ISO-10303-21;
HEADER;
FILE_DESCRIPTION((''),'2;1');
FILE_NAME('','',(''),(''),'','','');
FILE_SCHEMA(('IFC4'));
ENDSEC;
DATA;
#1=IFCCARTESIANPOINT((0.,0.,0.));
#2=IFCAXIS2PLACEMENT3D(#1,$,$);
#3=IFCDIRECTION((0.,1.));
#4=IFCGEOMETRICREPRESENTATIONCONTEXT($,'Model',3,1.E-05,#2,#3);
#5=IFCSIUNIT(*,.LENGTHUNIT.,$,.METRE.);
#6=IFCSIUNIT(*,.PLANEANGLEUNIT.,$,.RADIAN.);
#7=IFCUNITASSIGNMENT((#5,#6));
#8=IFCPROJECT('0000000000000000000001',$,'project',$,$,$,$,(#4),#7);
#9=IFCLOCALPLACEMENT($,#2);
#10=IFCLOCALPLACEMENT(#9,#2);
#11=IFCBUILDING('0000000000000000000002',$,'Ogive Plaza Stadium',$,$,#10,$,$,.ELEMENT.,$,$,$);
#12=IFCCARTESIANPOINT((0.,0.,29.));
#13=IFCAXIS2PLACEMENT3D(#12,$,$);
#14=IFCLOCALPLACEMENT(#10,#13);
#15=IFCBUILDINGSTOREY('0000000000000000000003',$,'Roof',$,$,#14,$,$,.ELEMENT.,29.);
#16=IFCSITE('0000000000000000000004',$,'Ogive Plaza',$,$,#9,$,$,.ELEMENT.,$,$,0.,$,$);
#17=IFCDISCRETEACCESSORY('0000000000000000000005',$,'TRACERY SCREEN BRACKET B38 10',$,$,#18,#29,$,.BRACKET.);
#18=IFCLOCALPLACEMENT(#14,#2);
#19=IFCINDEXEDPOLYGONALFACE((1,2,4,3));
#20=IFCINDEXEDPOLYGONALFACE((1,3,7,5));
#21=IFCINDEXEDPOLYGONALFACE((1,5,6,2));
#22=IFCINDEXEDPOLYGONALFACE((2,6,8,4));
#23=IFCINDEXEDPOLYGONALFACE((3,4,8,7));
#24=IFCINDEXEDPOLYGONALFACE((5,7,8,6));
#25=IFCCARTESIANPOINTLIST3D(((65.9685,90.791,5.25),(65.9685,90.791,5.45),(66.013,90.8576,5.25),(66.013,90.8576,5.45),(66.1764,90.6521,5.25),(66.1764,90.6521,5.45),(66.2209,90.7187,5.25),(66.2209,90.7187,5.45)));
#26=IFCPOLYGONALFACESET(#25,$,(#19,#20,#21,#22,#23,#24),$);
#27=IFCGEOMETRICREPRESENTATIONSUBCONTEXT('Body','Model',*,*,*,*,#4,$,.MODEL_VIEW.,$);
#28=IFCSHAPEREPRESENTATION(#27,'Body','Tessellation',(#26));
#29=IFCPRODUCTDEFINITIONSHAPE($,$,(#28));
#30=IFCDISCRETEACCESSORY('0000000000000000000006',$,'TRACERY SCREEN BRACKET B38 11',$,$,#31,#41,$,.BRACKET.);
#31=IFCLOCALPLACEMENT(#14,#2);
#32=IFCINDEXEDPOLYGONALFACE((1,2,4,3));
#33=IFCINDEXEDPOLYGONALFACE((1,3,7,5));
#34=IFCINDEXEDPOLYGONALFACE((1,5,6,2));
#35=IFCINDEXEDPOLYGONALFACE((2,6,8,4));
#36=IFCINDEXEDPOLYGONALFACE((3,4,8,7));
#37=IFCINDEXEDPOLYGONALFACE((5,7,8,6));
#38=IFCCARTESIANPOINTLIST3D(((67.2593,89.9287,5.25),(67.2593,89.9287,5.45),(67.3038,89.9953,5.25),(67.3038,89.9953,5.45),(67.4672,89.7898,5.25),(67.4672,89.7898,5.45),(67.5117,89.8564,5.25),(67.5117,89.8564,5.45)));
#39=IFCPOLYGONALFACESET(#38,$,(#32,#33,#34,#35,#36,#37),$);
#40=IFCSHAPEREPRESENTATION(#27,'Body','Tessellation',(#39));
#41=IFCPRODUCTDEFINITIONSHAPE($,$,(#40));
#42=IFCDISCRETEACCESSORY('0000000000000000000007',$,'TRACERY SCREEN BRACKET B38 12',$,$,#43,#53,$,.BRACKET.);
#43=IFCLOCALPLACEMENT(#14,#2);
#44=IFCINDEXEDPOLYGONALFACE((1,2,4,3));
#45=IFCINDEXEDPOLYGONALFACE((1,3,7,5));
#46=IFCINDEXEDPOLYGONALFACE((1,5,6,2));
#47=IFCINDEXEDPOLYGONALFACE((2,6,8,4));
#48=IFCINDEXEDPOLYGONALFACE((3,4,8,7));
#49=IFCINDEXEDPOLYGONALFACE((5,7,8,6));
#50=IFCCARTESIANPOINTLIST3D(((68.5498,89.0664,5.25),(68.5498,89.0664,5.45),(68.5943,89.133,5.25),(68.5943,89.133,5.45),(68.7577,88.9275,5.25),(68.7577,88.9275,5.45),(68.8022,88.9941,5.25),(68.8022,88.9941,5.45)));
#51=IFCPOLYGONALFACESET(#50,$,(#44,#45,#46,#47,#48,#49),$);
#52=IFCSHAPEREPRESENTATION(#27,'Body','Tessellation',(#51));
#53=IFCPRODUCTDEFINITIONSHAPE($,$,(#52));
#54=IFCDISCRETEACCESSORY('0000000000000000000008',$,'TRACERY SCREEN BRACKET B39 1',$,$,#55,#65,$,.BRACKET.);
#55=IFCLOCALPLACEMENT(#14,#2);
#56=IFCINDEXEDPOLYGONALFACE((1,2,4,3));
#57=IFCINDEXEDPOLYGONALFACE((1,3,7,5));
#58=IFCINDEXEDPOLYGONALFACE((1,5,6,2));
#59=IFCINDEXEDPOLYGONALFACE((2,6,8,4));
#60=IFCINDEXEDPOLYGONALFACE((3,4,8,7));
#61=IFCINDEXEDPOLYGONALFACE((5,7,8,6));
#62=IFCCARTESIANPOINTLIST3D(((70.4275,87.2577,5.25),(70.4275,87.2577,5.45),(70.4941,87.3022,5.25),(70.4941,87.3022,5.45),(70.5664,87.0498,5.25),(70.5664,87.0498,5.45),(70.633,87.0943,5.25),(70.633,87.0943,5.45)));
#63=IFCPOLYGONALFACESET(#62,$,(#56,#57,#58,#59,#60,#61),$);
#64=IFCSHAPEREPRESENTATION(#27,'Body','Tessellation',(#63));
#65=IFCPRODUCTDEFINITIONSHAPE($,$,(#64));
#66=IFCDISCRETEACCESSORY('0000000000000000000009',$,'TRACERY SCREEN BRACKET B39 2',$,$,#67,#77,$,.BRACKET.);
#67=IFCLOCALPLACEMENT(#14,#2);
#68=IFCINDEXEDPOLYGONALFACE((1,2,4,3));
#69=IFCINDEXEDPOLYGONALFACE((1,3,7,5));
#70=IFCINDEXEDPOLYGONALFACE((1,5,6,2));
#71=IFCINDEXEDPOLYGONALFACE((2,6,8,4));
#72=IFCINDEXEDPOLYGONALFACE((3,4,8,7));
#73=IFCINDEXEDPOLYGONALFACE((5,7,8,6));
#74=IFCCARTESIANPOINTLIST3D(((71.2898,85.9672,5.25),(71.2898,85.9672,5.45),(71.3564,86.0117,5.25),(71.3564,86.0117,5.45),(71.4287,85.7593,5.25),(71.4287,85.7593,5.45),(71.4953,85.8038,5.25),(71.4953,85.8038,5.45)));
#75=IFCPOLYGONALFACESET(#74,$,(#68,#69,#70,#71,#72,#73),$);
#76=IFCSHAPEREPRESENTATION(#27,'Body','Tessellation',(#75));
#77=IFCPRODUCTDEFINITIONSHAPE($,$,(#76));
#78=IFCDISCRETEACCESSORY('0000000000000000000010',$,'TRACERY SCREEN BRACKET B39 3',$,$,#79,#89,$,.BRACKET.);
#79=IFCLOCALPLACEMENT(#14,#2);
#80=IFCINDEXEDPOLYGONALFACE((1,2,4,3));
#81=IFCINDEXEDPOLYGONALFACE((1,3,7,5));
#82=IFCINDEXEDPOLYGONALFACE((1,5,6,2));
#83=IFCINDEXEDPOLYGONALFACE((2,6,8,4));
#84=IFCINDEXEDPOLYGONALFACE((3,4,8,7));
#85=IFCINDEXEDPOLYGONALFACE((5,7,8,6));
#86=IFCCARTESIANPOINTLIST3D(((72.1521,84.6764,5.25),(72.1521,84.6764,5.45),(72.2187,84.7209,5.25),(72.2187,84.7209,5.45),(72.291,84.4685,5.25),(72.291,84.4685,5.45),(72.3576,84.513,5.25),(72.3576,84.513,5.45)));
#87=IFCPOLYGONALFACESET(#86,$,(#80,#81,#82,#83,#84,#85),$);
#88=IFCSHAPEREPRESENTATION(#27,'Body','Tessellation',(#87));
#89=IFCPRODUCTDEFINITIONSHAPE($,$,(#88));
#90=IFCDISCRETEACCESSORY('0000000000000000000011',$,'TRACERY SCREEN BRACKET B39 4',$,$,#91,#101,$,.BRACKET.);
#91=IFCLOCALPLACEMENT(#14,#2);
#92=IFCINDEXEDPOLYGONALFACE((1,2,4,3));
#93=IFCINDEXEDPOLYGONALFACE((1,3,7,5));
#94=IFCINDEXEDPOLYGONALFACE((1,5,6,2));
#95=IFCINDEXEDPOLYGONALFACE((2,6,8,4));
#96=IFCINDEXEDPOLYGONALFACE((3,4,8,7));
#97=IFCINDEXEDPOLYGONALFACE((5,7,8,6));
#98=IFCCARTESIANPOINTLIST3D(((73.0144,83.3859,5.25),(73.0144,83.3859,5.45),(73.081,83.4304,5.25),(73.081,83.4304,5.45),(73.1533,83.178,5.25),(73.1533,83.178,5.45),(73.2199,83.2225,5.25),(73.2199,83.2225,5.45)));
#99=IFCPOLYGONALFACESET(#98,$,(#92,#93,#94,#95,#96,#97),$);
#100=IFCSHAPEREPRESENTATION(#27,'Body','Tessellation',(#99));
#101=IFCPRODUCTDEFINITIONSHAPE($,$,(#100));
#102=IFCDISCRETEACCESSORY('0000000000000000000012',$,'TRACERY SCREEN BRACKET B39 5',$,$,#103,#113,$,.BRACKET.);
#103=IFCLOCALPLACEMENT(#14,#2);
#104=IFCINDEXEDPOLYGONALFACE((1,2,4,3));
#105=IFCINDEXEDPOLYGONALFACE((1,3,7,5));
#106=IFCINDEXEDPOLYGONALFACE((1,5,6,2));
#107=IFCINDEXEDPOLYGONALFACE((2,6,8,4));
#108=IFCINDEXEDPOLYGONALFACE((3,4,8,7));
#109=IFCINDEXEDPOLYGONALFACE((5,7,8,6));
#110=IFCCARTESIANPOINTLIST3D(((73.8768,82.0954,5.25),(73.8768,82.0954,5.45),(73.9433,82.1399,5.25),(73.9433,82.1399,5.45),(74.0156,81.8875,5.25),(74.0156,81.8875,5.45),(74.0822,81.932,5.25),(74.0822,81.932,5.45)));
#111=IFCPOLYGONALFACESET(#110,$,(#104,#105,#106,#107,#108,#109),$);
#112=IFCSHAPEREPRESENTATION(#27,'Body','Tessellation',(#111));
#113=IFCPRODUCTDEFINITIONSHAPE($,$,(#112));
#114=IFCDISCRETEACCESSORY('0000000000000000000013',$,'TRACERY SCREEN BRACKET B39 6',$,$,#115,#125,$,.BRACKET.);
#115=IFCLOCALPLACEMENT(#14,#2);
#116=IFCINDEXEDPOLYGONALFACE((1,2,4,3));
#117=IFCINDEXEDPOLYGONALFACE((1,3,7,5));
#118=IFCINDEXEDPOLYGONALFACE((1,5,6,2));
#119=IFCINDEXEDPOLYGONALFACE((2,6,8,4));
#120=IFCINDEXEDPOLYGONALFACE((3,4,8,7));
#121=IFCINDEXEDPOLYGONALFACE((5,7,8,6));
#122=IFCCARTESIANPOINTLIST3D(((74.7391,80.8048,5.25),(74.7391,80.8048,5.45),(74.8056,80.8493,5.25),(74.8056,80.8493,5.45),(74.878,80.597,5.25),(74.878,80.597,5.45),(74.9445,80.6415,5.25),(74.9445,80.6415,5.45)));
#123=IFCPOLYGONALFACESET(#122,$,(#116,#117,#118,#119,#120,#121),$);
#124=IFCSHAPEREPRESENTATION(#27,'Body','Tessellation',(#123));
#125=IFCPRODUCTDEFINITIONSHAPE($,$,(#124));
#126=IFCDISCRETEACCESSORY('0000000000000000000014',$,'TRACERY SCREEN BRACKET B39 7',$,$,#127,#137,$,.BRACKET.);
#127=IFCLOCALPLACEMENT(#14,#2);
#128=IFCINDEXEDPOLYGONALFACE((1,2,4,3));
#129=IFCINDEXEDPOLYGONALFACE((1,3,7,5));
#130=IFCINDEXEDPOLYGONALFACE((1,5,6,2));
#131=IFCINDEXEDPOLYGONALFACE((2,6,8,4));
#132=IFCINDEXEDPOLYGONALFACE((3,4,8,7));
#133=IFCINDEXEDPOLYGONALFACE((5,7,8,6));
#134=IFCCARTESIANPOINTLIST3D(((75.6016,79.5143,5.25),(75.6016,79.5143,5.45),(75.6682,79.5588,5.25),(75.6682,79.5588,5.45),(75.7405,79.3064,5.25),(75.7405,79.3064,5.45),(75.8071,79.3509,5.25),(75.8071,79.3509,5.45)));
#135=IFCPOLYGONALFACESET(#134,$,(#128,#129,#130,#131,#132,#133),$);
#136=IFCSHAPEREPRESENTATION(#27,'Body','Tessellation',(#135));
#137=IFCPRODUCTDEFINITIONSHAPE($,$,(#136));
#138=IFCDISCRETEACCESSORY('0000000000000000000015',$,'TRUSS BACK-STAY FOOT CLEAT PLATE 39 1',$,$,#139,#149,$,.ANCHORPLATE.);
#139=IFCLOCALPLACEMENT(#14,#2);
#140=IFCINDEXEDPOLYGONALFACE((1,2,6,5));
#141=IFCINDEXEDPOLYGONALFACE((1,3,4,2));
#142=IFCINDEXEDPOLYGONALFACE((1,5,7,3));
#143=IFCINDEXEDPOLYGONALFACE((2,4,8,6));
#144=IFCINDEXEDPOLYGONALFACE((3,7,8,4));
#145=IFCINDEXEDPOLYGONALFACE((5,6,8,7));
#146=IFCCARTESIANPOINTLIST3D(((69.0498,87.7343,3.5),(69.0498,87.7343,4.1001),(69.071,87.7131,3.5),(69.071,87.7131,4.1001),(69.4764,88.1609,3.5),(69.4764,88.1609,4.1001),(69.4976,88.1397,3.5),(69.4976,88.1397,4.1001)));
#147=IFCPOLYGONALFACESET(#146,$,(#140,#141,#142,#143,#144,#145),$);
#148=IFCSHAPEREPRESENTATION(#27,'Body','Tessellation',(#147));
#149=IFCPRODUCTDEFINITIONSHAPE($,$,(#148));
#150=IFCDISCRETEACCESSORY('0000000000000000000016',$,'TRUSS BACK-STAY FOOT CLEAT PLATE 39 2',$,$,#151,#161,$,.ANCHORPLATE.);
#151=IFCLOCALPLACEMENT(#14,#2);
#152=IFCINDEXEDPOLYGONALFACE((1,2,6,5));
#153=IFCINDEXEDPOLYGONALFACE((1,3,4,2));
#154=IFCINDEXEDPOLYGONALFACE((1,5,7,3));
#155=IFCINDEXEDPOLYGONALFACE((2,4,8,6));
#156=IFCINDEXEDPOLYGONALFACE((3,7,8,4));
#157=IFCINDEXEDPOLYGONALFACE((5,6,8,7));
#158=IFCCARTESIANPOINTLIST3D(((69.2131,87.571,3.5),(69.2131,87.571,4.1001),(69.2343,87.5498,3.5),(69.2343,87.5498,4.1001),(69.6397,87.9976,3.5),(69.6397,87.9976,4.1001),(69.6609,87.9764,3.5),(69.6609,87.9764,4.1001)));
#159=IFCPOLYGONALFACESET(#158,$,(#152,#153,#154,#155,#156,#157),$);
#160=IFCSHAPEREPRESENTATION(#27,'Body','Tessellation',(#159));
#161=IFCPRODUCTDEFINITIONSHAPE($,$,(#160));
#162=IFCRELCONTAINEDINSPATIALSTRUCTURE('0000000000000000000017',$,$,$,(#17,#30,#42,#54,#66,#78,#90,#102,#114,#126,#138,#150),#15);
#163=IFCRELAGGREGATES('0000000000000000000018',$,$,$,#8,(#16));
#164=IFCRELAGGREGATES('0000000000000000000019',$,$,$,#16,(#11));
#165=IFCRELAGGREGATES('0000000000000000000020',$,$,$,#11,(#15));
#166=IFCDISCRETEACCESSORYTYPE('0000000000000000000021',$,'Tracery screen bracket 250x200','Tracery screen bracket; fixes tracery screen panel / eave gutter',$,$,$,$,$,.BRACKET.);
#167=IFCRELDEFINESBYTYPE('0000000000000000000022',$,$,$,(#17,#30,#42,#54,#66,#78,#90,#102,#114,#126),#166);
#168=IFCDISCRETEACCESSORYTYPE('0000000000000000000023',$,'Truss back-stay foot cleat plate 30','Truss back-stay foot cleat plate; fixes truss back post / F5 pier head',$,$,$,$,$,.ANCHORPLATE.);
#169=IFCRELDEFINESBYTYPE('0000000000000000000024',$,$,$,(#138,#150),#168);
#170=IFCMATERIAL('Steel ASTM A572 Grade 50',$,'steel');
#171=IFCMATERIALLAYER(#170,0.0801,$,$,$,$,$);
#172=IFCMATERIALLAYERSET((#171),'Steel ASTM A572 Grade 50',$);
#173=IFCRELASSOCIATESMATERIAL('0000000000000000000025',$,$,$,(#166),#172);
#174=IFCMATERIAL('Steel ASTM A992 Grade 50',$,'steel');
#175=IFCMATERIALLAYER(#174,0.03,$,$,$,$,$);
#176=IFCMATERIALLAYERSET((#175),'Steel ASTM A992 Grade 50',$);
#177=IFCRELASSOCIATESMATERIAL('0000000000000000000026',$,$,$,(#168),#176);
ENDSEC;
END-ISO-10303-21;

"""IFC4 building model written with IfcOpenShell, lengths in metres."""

from ifc_helpers import new_model, si_unit, direction, frame, origin, origin_2d, place, context, subcontext, project, spatial, rectangle, extrude, material, layer, layer_set, type_object, element, save


model = new_model("IFC4")

# Units and contexts
model_context = context("Model", 3, precision=1e-05, world=origin(), true_north=direction((0.0, 1.0)))
body_context = subcontext(model_context, "Body", "Model", "MODEL_VIEW")
ifc_project = project(units=[si_unit("LENGTHUNIT", "METRE"), si_unit("PLANEANGLEUNIT", "RADIAN")], contexts=[model_context])

# Site, building, storey
site_placement = place(None, origin())
site = spatial("IfcSite", under=ifc_project, at=site_placement, Name="Ogive Plaza", CompositionType="ELEMENT", RefElevation=0.0)
building_placement = place(site_placement, origin())
building = spatial("IfcBuilding", under=site, at=building_placement, Name="Ogive Plaza Stadium", CompositionType="ELEMENT")
storey_placement = place(building_placement, frame((0.0, 0.0, 29.0)))
storey = spatial("IfcBuildingStorey", under=building, at=storey_placement, Name="Roof", CompositionType="ELEMENT", Elevation=29.0)

# Discrete accessories
ifc_material_1 = material(Name="Steel ASTM A572 Grade 50", Category="steel")
ifc_layer_1 = layer(ifc_material_1, 0.0801)
ifc_layer_set_1 = layer_set([ifc_layer_1], Name="Steel ASTM A572 Grade 50")
discrete_accessory_type_1 = type_object("IfcDiscreteAccessoryType", Name="Tracery screen bracket 250x200", Description="Tracery screen bracket; fixes tracery screen panel / eave gutter", PredefinedType="BRACKET", material=ifc_layer_set_1)
for number, where, z_axis, x_axis, name in (
    (1, (66.0947, 90.7549, 5.25), (0.0, 0.0, 1.0), (0.83147, -0.55557, 0.0), "TRACERY SCREEN BRACKET B38 10"),
    (2, (67.3855, 89.8926, 5.25), (0.0, 0.0, 1.0), (0.83147, -0.55557, 0.0), "TRACERY SCREEN BRACKET B38 11"),
    (3, (68.676, 89.0303, 5.25), (0.0, 0.0, 1.0), (0.83147, -0.55557, 0.0), "TRACERY SCREEN BRACKET B38 12"),
    (4, (70.5303, 87.176, 5.25), (0.0, 0.0, 1.0), (0.55557, -0.83147, 0.0), "TRACERY SCREEN BRACKET B39 1"),
    (5, (71.3926, 85.8855, 5.25), (0.0, 0.0, 1.0), (0.55557, -0.83147, 0.0), "TRACERY SCREEN BRACKET B39 2"),
    (6, (72.2549, 84.5947, 5.25), (0.0, 0.0, 1.0), (0.55557, -0.83147, 0.0), "TRACERY SCREEN BRACKET B39 3"),
    (7, (73.1172, 83.3042, 5.25), (0.0, 0.0, 1.0), (0.55557, -0.83147, 0.0), "TRACERY SCREEN BRACKET B39 4"),
    (8, (73.9795, 82.0137, 5.25), (0.0, 0.0, 1.0), (0.55557, -0.83147, 0.0), "TRACERY SCREEN BRACKET B39 5"),
    (9, (74.8418, 80.7231, 5.25), (0.0, 0.0, 1.0), (0.55557, -0.83147, 0.0), "TRACERY SCREEN BRACKET B39 6"),
    (10, (75.7043, 79.4326, 5.25), (0.0, 0.0, 1.0), (0.55557, -0.83147, 0.0), "TRACERY SCREEN BRACKET B39 7"),
):
    element("IfcDiscreteAccessory", number, at=place(storey_placement, frame(where, z_axis=z_axis, x_axis=x_axis)), inside=storey, type_object=discrete_accessory_type_1, Name=name, PredefinedType="BRACKET", context=body_context, shape_type="SweptSolid", body=[
        extrude(rectangle(XDim=0.25, YDim=0.0801, at=origin_2d()), origin(), (0.0, 0.0, 1.0), 0.2),
    ])
ifc_material_2 = material(Name="Steel ASTM A992 Grade 50", Category="steel")
ifc_layer_2 = layer(ifc_material_2, 0.03)
ifc_layer_set_2 = layer_set([ifc_layer_2], Name="Steel ASTM A992 Grade 50")
discrete_accessory_type_2 = type_object("IfcDiscreteAccessoryType", Name="Truss back-stay foot cleat plate 30", Description="Truss back-stay foot cleat plate; fixes truss back post / F5 pier head", PredefinedType="ANCHORPLATE", material=ifc_layer_set_2)
for number, where, z_axis, x_axis, name in (
    (11, (69.2737, 87.937, 3.5), (0.0, 0.0, 1.0), (0.707107, 0.707107, 0.0), "TRUSS BACK-STAY FOOT CLEAT PLATE 39 1"),
    (12, (69.437, 87.7737, 3.5), (0.0, 0.0, 1.0), (0.707107, 0.707107, 0.0), "TRUSS BACK-STAY FOOT CLEAT PLATE 39 2"),
):
    element("IfcDiscreteAccessory", number, at=place(storey_placement, frame(where, z_axis=z_axis, x_axis=x_axis)), inside=storey, type_object=discrete_accessory_type_2, Name=name, PredefinedType="ANCHORPLATE", context=body_context, shape_type="SweptSolid", body=[
        extrude(rectangle(XDim=0.6033, YDim=0.03, at=origin_2d()), origin(), (0.0, 0.0, 1.0), 0.6001),
    ])

save(model, "model.ifc")
